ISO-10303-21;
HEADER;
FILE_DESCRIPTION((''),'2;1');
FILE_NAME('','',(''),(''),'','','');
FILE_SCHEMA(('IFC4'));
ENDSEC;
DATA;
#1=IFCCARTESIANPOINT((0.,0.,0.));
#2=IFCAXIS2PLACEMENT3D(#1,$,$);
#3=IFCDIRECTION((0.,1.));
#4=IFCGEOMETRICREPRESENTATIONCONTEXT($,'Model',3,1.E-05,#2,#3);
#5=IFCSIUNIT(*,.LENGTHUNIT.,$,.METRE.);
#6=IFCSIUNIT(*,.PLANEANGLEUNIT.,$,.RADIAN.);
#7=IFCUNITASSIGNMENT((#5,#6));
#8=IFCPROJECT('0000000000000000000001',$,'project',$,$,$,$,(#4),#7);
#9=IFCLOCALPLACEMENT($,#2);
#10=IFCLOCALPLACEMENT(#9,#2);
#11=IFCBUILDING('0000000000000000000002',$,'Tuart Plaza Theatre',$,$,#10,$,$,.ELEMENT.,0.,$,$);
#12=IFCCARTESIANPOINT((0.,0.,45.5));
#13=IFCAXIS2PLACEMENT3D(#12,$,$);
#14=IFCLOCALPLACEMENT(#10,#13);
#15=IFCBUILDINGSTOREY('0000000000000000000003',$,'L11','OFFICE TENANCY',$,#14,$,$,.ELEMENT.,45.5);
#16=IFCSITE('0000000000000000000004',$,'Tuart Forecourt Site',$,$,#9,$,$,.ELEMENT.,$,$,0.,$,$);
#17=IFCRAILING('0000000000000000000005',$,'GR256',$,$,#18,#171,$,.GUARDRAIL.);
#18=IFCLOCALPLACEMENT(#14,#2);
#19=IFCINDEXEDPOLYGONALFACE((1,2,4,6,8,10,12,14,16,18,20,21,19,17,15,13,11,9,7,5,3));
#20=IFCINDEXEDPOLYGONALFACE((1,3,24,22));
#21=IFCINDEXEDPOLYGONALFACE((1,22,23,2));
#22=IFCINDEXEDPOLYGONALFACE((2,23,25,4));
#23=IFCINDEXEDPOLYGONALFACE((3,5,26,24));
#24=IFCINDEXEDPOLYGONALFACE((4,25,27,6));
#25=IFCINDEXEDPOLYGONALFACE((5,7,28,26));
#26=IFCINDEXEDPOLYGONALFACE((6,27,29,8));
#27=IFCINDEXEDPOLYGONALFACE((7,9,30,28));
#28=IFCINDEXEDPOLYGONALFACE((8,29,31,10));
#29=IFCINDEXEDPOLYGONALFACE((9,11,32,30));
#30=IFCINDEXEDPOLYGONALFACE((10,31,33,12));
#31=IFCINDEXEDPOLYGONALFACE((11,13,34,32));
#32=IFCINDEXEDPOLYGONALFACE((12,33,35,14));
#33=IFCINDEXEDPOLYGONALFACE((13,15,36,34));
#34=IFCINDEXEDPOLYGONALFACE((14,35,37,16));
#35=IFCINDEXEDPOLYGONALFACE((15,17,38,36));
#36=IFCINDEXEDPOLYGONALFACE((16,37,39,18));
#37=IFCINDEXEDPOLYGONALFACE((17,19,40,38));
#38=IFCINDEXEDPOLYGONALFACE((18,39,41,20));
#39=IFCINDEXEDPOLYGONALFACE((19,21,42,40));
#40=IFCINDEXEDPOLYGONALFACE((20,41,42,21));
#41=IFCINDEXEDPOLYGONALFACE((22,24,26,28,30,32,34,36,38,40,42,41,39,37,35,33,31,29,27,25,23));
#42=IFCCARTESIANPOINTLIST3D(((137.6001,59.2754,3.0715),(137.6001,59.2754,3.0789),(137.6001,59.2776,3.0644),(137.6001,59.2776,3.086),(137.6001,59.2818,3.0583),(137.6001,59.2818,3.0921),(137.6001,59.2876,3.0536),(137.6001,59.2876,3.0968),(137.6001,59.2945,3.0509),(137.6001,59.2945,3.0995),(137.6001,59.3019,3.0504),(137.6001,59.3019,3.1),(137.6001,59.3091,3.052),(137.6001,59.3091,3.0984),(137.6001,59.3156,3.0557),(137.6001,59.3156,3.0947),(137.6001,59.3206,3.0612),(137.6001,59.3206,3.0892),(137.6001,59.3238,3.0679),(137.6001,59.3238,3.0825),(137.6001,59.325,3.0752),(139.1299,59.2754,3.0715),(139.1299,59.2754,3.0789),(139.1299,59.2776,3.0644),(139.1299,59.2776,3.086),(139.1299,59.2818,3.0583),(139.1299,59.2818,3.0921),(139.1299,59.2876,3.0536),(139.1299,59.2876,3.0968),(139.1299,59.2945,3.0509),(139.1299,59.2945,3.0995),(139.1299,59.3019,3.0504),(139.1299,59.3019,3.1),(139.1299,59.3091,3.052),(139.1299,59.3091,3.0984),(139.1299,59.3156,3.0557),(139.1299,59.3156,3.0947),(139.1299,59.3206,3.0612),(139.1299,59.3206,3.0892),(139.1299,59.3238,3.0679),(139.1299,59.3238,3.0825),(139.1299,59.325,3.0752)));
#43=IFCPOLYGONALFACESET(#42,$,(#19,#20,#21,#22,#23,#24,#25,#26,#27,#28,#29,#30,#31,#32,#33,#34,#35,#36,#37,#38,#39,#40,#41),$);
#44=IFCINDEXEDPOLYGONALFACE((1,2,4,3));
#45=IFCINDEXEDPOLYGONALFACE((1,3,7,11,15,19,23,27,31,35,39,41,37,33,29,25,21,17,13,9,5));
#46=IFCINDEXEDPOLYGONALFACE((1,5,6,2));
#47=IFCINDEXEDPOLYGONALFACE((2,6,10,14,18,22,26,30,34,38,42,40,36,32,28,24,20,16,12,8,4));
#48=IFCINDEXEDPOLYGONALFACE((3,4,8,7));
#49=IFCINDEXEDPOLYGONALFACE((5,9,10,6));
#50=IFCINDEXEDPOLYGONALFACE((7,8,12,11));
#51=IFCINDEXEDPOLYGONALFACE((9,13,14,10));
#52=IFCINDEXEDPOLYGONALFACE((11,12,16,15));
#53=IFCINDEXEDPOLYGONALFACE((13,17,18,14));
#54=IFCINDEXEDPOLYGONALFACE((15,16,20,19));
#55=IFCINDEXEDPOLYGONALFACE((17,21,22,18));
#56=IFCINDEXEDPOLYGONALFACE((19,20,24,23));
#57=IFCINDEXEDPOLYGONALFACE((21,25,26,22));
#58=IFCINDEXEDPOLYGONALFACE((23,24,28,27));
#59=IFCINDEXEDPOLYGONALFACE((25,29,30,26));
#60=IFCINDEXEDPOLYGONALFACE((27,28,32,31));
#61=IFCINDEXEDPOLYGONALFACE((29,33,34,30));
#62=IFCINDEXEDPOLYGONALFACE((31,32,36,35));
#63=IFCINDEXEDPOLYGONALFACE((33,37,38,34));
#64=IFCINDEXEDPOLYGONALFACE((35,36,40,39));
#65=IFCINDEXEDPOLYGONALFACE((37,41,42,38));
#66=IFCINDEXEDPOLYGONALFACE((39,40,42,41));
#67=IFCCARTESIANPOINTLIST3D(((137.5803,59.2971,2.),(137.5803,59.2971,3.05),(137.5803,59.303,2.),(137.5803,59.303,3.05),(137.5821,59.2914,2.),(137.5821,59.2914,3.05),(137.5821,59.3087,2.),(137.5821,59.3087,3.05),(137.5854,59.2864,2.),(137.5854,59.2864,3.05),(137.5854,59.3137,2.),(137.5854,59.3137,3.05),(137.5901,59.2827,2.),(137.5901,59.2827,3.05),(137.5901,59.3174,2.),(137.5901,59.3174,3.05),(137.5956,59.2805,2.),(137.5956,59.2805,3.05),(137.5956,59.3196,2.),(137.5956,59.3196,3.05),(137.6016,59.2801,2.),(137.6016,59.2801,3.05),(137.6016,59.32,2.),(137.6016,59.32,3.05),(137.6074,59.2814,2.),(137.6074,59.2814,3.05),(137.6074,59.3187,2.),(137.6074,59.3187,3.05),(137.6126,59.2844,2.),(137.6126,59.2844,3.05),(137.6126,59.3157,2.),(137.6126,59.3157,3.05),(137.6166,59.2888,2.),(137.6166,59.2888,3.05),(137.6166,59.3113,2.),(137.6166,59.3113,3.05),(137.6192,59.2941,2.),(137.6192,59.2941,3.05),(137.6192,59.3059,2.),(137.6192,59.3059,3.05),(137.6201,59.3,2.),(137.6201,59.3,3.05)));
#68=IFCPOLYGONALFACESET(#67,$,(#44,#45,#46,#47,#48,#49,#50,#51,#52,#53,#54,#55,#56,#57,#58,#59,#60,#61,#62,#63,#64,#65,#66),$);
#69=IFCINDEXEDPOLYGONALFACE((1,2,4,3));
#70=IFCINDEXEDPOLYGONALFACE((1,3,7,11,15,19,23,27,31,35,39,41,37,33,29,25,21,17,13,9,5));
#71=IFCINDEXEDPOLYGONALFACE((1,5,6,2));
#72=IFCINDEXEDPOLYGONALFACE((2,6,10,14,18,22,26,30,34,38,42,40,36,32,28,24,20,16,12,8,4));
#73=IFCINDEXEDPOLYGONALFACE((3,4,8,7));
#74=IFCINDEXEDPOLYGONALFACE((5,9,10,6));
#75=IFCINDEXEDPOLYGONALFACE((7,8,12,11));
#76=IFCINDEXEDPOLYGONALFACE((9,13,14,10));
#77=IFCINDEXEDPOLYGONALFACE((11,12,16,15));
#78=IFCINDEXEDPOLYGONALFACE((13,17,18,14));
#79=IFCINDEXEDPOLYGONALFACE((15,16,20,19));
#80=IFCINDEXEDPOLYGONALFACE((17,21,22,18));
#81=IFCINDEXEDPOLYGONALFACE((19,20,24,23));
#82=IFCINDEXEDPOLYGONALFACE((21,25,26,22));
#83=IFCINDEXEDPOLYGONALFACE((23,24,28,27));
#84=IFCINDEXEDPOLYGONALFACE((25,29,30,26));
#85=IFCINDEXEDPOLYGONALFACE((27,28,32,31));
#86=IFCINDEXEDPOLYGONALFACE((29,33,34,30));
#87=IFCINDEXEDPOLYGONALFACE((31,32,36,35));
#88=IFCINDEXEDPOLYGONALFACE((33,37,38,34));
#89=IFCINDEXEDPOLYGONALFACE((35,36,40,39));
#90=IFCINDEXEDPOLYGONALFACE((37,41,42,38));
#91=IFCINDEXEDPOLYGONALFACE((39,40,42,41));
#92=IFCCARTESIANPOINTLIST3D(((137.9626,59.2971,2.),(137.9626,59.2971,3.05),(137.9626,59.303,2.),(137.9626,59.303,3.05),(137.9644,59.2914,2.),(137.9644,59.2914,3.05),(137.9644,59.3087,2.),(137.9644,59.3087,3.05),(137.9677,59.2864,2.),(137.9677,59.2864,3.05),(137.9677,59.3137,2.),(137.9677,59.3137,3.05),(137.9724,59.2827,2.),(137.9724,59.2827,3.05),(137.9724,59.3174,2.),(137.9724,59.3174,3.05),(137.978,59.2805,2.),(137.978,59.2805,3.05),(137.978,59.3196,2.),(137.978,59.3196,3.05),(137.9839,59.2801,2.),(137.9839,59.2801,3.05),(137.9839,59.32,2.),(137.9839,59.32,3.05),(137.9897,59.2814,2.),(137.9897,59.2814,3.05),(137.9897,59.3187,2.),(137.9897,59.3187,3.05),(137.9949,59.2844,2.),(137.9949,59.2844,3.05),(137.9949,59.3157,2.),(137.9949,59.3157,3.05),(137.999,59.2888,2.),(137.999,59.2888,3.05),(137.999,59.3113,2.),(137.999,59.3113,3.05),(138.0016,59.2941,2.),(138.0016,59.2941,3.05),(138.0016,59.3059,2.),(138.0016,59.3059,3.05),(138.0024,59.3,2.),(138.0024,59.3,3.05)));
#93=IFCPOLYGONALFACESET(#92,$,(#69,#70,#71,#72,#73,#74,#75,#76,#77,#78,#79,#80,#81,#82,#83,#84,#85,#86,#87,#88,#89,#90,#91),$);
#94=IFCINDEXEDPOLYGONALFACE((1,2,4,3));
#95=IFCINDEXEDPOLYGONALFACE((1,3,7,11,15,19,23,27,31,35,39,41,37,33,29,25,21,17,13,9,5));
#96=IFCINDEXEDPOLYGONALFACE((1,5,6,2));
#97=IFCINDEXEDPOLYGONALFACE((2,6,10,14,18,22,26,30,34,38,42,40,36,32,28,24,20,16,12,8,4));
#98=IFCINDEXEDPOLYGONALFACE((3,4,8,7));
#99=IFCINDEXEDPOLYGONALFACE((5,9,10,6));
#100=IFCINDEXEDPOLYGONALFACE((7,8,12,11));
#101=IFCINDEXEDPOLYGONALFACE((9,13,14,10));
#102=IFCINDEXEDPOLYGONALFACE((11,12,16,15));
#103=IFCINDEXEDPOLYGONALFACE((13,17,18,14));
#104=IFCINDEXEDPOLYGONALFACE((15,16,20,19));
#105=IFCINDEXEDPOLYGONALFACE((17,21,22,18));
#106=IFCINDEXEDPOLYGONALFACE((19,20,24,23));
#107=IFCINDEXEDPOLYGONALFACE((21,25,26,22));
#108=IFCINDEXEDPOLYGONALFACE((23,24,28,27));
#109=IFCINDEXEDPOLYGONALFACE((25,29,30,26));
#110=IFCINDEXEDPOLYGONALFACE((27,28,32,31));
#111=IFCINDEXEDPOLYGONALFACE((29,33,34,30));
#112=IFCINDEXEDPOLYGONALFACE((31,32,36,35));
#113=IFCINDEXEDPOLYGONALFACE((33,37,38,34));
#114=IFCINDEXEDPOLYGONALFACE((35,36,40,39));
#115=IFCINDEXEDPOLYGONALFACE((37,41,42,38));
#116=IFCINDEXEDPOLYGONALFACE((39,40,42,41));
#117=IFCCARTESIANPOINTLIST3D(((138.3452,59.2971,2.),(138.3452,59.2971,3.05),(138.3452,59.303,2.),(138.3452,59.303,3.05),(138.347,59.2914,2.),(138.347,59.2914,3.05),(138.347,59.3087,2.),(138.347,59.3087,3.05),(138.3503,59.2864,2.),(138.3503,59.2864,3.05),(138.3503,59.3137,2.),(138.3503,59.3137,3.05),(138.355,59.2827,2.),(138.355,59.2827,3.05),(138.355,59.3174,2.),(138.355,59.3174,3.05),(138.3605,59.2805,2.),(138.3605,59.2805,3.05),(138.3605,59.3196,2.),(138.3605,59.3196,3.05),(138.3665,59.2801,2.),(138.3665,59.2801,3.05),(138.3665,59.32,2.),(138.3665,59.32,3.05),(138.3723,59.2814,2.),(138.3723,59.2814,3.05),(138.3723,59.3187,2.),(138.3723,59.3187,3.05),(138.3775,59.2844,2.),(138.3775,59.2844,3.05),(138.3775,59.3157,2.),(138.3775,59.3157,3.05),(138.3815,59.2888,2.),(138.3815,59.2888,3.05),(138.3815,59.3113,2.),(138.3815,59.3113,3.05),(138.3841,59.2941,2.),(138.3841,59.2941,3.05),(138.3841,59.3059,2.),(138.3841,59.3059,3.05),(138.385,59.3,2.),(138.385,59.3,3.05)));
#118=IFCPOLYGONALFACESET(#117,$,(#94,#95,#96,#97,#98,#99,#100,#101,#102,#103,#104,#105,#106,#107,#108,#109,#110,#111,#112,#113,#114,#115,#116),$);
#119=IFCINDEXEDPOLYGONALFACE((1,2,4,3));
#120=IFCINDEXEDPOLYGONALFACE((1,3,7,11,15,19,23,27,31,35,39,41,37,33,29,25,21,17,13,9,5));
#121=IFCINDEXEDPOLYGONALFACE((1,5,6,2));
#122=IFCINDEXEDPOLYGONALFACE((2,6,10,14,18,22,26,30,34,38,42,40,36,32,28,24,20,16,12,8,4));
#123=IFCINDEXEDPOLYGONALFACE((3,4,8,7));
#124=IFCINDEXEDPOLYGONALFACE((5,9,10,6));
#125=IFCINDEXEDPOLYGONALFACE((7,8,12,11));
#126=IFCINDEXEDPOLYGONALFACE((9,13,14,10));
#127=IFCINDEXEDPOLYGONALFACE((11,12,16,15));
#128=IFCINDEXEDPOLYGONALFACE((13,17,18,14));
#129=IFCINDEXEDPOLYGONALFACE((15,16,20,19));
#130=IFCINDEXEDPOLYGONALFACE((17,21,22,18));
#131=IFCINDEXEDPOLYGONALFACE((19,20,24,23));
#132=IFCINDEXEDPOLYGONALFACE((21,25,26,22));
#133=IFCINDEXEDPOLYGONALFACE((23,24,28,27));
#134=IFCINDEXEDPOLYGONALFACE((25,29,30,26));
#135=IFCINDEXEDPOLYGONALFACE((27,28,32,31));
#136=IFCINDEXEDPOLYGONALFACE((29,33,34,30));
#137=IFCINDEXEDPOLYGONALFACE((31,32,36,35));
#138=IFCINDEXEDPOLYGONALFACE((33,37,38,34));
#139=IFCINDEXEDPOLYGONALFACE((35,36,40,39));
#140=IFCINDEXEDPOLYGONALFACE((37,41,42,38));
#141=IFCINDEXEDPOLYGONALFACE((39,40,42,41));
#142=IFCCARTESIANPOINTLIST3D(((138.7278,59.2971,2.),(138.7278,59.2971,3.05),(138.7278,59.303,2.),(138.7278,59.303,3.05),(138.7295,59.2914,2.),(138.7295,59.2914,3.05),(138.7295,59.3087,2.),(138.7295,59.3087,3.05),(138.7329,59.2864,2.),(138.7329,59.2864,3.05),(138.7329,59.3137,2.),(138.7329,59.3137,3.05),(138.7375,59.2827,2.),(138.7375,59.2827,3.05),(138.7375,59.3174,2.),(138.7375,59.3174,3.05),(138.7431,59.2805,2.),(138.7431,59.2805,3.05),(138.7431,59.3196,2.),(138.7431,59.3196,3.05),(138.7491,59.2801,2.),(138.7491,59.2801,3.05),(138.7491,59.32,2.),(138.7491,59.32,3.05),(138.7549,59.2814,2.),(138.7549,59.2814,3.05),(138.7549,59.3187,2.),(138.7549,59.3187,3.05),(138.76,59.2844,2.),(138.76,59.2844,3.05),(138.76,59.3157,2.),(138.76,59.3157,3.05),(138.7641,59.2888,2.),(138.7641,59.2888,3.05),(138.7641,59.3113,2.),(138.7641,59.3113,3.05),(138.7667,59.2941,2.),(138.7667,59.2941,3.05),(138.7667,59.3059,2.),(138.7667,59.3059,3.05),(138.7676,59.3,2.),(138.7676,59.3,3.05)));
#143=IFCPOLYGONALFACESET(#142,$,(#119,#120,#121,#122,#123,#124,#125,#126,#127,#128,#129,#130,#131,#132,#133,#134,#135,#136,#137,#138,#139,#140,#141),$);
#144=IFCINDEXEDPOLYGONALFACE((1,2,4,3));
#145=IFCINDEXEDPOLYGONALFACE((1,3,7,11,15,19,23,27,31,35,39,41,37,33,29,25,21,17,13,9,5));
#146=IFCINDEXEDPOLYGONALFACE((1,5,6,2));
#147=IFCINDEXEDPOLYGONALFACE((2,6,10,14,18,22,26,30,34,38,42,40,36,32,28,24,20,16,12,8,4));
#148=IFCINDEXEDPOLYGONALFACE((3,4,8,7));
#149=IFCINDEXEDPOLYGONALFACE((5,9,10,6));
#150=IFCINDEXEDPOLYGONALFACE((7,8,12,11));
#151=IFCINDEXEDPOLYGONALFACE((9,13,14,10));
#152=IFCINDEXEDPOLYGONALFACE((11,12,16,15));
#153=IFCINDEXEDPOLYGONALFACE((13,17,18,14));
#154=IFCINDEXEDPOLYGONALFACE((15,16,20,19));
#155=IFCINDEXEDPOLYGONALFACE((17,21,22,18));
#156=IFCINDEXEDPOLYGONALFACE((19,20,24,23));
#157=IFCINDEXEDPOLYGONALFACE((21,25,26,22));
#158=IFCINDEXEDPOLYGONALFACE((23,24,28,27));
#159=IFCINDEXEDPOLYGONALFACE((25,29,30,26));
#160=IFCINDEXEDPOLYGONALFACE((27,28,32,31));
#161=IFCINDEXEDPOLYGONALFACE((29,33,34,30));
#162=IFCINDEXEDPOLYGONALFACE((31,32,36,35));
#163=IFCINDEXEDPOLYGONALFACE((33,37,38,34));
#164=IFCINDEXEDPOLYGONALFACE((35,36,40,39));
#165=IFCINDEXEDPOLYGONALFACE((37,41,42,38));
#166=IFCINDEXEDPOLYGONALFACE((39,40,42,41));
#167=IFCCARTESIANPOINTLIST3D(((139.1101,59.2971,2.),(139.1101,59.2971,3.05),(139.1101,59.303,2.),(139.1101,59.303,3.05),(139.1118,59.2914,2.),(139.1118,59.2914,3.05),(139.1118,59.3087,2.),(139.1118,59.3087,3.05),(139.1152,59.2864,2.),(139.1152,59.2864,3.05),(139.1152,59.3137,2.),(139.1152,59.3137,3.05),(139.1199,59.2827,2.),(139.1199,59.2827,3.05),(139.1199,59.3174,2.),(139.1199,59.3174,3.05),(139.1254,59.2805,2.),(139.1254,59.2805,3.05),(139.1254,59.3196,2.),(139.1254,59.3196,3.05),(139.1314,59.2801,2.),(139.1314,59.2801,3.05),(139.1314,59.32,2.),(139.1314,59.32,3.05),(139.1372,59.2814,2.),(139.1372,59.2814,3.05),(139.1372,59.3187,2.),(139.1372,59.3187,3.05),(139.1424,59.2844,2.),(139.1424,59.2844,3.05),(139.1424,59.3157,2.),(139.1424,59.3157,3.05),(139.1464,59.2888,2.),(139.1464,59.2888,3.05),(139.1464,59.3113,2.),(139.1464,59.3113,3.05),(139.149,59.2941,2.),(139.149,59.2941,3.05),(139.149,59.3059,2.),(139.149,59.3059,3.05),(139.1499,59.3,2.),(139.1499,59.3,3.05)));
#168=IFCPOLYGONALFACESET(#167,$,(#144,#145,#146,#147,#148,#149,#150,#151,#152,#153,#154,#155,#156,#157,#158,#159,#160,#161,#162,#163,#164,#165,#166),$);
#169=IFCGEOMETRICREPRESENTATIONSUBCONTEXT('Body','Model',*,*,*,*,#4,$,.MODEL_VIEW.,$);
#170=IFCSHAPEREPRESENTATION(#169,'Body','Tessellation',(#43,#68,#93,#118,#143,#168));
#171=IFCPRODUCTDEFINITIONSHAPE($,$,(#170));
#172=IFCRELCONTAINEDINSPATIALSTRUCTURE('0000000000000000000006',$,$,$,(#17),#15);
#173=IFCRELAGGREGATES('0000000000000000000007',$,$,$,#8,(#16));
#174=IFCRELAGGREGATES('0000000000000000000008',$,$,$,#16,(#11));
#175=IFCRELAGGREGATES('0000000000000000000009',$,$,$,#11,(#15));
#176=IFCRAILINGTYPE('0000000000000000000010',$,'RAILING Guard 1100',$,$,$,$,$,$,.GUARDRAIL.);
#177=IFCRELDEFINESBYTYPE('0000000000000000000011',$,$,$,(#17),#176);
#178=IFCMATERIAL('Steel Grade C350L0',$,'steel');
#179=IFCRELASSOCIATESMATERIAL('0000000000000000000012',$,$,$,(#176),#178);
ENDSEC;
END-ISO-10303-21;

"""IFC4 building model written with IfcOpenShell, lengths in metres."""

from ifc_helpers import new_model, si_unit, direction, frame, origin, origin_2d, place, context, subcontext, project, spatial, circle, extrude, material, type_object, element, save


model = new_model("IFC4")

# Units and contexts
model_context = context("Model", 3, precision=1e-05, world=origin(), true_north=direction((0.0, 1.0)))
body_context = subcontext(model_context, "Body", "Model", "MODEL_VIEW")
ifc_project = project(units=[si_unit("LENGTHUNIT", "METRE"), si_unit("PLANEANGLEUNIT", "RADIAN")], contexts=[model_context])

# Site, building, storey
site_placement = place(None, origin())
site = spatial("IfcSite", under=ifc_project, at=site_placement, Name="Tuart Forecourt Site", CompositionType="ELEMENT", RefElevation=0.0)
building_placement = place(site_placement, origin())
building = spatial("IfcBuilding", under=site, at=building_placement, Name="Tuart Plaza Theatre", CompositionType="ELEMENT", ElevationOfRefHeight=0.0)
storey_placement = place(building_placement, frame((0.0, 0.0, 45.5)))
storey = spatial("IfcBuildingStorey", under=building, at=storey_placement, Name="L11", Description="OFFICE TENANCY", CompositionType="ELEMENT", Elevation=45.5)

# Railing
ifc_material_1 = material(Name="Steel Grade C350L0", Category="steel")
railing_type_1 = type_object("IfcRailingType", Name="RAILING Guard 1100", PredefinedType="GUARDRAIL", material=ifc_material_1)
railing_1_placement = place(storey_placement, frame((137.6001, 59.3, 2.0)))
element("IfcRailing", 1, at=railing_1_placement, inside=storey, type_object=railing_type_1, Name="GR256", PredefinedType="GUARDRAIL", context=body_context, shape_type="SweptSolid", body=[
    extrude(circle(Radius=0.0249, at=origin_2d()), frame((0.0, 0.0, 1.0752), z_axis=(1.0, 0.0, 0.0), x_axis=(0.0, 1.0, 0.0)), (0.0, 0.0, 1.0), 1.5298),
    extrude(circle(Radius=0.02, at=origin_2d()), origin(), (0.0, 0.0, 1.0), 1.05),
    extrude(circle(Radius=0.02, at=origin_2d()), frame((0.3823, 0.0, 0.0)), (0.0, 0.0, 1.0), 1.05),
    extrude(circle(Radius=0.02, at=origin_2d()), frame((0.7649, 0.0, 0.0)), (0.0, 0.0, 1.0), 1.05),
    extrude(circle(Radius=0.02, at=origin_2d()), frame((1.1475, 0.0, 0.0)), (0.0, 0.0, 1.0), 1.05),
    extrude(circle(Radius=0.02, at=origin_2d()), frame((1.5298, 0.0, 0.0)), (0.0, 0.0, 1.0), 1.05),
])

save(model, "model.ifc")
